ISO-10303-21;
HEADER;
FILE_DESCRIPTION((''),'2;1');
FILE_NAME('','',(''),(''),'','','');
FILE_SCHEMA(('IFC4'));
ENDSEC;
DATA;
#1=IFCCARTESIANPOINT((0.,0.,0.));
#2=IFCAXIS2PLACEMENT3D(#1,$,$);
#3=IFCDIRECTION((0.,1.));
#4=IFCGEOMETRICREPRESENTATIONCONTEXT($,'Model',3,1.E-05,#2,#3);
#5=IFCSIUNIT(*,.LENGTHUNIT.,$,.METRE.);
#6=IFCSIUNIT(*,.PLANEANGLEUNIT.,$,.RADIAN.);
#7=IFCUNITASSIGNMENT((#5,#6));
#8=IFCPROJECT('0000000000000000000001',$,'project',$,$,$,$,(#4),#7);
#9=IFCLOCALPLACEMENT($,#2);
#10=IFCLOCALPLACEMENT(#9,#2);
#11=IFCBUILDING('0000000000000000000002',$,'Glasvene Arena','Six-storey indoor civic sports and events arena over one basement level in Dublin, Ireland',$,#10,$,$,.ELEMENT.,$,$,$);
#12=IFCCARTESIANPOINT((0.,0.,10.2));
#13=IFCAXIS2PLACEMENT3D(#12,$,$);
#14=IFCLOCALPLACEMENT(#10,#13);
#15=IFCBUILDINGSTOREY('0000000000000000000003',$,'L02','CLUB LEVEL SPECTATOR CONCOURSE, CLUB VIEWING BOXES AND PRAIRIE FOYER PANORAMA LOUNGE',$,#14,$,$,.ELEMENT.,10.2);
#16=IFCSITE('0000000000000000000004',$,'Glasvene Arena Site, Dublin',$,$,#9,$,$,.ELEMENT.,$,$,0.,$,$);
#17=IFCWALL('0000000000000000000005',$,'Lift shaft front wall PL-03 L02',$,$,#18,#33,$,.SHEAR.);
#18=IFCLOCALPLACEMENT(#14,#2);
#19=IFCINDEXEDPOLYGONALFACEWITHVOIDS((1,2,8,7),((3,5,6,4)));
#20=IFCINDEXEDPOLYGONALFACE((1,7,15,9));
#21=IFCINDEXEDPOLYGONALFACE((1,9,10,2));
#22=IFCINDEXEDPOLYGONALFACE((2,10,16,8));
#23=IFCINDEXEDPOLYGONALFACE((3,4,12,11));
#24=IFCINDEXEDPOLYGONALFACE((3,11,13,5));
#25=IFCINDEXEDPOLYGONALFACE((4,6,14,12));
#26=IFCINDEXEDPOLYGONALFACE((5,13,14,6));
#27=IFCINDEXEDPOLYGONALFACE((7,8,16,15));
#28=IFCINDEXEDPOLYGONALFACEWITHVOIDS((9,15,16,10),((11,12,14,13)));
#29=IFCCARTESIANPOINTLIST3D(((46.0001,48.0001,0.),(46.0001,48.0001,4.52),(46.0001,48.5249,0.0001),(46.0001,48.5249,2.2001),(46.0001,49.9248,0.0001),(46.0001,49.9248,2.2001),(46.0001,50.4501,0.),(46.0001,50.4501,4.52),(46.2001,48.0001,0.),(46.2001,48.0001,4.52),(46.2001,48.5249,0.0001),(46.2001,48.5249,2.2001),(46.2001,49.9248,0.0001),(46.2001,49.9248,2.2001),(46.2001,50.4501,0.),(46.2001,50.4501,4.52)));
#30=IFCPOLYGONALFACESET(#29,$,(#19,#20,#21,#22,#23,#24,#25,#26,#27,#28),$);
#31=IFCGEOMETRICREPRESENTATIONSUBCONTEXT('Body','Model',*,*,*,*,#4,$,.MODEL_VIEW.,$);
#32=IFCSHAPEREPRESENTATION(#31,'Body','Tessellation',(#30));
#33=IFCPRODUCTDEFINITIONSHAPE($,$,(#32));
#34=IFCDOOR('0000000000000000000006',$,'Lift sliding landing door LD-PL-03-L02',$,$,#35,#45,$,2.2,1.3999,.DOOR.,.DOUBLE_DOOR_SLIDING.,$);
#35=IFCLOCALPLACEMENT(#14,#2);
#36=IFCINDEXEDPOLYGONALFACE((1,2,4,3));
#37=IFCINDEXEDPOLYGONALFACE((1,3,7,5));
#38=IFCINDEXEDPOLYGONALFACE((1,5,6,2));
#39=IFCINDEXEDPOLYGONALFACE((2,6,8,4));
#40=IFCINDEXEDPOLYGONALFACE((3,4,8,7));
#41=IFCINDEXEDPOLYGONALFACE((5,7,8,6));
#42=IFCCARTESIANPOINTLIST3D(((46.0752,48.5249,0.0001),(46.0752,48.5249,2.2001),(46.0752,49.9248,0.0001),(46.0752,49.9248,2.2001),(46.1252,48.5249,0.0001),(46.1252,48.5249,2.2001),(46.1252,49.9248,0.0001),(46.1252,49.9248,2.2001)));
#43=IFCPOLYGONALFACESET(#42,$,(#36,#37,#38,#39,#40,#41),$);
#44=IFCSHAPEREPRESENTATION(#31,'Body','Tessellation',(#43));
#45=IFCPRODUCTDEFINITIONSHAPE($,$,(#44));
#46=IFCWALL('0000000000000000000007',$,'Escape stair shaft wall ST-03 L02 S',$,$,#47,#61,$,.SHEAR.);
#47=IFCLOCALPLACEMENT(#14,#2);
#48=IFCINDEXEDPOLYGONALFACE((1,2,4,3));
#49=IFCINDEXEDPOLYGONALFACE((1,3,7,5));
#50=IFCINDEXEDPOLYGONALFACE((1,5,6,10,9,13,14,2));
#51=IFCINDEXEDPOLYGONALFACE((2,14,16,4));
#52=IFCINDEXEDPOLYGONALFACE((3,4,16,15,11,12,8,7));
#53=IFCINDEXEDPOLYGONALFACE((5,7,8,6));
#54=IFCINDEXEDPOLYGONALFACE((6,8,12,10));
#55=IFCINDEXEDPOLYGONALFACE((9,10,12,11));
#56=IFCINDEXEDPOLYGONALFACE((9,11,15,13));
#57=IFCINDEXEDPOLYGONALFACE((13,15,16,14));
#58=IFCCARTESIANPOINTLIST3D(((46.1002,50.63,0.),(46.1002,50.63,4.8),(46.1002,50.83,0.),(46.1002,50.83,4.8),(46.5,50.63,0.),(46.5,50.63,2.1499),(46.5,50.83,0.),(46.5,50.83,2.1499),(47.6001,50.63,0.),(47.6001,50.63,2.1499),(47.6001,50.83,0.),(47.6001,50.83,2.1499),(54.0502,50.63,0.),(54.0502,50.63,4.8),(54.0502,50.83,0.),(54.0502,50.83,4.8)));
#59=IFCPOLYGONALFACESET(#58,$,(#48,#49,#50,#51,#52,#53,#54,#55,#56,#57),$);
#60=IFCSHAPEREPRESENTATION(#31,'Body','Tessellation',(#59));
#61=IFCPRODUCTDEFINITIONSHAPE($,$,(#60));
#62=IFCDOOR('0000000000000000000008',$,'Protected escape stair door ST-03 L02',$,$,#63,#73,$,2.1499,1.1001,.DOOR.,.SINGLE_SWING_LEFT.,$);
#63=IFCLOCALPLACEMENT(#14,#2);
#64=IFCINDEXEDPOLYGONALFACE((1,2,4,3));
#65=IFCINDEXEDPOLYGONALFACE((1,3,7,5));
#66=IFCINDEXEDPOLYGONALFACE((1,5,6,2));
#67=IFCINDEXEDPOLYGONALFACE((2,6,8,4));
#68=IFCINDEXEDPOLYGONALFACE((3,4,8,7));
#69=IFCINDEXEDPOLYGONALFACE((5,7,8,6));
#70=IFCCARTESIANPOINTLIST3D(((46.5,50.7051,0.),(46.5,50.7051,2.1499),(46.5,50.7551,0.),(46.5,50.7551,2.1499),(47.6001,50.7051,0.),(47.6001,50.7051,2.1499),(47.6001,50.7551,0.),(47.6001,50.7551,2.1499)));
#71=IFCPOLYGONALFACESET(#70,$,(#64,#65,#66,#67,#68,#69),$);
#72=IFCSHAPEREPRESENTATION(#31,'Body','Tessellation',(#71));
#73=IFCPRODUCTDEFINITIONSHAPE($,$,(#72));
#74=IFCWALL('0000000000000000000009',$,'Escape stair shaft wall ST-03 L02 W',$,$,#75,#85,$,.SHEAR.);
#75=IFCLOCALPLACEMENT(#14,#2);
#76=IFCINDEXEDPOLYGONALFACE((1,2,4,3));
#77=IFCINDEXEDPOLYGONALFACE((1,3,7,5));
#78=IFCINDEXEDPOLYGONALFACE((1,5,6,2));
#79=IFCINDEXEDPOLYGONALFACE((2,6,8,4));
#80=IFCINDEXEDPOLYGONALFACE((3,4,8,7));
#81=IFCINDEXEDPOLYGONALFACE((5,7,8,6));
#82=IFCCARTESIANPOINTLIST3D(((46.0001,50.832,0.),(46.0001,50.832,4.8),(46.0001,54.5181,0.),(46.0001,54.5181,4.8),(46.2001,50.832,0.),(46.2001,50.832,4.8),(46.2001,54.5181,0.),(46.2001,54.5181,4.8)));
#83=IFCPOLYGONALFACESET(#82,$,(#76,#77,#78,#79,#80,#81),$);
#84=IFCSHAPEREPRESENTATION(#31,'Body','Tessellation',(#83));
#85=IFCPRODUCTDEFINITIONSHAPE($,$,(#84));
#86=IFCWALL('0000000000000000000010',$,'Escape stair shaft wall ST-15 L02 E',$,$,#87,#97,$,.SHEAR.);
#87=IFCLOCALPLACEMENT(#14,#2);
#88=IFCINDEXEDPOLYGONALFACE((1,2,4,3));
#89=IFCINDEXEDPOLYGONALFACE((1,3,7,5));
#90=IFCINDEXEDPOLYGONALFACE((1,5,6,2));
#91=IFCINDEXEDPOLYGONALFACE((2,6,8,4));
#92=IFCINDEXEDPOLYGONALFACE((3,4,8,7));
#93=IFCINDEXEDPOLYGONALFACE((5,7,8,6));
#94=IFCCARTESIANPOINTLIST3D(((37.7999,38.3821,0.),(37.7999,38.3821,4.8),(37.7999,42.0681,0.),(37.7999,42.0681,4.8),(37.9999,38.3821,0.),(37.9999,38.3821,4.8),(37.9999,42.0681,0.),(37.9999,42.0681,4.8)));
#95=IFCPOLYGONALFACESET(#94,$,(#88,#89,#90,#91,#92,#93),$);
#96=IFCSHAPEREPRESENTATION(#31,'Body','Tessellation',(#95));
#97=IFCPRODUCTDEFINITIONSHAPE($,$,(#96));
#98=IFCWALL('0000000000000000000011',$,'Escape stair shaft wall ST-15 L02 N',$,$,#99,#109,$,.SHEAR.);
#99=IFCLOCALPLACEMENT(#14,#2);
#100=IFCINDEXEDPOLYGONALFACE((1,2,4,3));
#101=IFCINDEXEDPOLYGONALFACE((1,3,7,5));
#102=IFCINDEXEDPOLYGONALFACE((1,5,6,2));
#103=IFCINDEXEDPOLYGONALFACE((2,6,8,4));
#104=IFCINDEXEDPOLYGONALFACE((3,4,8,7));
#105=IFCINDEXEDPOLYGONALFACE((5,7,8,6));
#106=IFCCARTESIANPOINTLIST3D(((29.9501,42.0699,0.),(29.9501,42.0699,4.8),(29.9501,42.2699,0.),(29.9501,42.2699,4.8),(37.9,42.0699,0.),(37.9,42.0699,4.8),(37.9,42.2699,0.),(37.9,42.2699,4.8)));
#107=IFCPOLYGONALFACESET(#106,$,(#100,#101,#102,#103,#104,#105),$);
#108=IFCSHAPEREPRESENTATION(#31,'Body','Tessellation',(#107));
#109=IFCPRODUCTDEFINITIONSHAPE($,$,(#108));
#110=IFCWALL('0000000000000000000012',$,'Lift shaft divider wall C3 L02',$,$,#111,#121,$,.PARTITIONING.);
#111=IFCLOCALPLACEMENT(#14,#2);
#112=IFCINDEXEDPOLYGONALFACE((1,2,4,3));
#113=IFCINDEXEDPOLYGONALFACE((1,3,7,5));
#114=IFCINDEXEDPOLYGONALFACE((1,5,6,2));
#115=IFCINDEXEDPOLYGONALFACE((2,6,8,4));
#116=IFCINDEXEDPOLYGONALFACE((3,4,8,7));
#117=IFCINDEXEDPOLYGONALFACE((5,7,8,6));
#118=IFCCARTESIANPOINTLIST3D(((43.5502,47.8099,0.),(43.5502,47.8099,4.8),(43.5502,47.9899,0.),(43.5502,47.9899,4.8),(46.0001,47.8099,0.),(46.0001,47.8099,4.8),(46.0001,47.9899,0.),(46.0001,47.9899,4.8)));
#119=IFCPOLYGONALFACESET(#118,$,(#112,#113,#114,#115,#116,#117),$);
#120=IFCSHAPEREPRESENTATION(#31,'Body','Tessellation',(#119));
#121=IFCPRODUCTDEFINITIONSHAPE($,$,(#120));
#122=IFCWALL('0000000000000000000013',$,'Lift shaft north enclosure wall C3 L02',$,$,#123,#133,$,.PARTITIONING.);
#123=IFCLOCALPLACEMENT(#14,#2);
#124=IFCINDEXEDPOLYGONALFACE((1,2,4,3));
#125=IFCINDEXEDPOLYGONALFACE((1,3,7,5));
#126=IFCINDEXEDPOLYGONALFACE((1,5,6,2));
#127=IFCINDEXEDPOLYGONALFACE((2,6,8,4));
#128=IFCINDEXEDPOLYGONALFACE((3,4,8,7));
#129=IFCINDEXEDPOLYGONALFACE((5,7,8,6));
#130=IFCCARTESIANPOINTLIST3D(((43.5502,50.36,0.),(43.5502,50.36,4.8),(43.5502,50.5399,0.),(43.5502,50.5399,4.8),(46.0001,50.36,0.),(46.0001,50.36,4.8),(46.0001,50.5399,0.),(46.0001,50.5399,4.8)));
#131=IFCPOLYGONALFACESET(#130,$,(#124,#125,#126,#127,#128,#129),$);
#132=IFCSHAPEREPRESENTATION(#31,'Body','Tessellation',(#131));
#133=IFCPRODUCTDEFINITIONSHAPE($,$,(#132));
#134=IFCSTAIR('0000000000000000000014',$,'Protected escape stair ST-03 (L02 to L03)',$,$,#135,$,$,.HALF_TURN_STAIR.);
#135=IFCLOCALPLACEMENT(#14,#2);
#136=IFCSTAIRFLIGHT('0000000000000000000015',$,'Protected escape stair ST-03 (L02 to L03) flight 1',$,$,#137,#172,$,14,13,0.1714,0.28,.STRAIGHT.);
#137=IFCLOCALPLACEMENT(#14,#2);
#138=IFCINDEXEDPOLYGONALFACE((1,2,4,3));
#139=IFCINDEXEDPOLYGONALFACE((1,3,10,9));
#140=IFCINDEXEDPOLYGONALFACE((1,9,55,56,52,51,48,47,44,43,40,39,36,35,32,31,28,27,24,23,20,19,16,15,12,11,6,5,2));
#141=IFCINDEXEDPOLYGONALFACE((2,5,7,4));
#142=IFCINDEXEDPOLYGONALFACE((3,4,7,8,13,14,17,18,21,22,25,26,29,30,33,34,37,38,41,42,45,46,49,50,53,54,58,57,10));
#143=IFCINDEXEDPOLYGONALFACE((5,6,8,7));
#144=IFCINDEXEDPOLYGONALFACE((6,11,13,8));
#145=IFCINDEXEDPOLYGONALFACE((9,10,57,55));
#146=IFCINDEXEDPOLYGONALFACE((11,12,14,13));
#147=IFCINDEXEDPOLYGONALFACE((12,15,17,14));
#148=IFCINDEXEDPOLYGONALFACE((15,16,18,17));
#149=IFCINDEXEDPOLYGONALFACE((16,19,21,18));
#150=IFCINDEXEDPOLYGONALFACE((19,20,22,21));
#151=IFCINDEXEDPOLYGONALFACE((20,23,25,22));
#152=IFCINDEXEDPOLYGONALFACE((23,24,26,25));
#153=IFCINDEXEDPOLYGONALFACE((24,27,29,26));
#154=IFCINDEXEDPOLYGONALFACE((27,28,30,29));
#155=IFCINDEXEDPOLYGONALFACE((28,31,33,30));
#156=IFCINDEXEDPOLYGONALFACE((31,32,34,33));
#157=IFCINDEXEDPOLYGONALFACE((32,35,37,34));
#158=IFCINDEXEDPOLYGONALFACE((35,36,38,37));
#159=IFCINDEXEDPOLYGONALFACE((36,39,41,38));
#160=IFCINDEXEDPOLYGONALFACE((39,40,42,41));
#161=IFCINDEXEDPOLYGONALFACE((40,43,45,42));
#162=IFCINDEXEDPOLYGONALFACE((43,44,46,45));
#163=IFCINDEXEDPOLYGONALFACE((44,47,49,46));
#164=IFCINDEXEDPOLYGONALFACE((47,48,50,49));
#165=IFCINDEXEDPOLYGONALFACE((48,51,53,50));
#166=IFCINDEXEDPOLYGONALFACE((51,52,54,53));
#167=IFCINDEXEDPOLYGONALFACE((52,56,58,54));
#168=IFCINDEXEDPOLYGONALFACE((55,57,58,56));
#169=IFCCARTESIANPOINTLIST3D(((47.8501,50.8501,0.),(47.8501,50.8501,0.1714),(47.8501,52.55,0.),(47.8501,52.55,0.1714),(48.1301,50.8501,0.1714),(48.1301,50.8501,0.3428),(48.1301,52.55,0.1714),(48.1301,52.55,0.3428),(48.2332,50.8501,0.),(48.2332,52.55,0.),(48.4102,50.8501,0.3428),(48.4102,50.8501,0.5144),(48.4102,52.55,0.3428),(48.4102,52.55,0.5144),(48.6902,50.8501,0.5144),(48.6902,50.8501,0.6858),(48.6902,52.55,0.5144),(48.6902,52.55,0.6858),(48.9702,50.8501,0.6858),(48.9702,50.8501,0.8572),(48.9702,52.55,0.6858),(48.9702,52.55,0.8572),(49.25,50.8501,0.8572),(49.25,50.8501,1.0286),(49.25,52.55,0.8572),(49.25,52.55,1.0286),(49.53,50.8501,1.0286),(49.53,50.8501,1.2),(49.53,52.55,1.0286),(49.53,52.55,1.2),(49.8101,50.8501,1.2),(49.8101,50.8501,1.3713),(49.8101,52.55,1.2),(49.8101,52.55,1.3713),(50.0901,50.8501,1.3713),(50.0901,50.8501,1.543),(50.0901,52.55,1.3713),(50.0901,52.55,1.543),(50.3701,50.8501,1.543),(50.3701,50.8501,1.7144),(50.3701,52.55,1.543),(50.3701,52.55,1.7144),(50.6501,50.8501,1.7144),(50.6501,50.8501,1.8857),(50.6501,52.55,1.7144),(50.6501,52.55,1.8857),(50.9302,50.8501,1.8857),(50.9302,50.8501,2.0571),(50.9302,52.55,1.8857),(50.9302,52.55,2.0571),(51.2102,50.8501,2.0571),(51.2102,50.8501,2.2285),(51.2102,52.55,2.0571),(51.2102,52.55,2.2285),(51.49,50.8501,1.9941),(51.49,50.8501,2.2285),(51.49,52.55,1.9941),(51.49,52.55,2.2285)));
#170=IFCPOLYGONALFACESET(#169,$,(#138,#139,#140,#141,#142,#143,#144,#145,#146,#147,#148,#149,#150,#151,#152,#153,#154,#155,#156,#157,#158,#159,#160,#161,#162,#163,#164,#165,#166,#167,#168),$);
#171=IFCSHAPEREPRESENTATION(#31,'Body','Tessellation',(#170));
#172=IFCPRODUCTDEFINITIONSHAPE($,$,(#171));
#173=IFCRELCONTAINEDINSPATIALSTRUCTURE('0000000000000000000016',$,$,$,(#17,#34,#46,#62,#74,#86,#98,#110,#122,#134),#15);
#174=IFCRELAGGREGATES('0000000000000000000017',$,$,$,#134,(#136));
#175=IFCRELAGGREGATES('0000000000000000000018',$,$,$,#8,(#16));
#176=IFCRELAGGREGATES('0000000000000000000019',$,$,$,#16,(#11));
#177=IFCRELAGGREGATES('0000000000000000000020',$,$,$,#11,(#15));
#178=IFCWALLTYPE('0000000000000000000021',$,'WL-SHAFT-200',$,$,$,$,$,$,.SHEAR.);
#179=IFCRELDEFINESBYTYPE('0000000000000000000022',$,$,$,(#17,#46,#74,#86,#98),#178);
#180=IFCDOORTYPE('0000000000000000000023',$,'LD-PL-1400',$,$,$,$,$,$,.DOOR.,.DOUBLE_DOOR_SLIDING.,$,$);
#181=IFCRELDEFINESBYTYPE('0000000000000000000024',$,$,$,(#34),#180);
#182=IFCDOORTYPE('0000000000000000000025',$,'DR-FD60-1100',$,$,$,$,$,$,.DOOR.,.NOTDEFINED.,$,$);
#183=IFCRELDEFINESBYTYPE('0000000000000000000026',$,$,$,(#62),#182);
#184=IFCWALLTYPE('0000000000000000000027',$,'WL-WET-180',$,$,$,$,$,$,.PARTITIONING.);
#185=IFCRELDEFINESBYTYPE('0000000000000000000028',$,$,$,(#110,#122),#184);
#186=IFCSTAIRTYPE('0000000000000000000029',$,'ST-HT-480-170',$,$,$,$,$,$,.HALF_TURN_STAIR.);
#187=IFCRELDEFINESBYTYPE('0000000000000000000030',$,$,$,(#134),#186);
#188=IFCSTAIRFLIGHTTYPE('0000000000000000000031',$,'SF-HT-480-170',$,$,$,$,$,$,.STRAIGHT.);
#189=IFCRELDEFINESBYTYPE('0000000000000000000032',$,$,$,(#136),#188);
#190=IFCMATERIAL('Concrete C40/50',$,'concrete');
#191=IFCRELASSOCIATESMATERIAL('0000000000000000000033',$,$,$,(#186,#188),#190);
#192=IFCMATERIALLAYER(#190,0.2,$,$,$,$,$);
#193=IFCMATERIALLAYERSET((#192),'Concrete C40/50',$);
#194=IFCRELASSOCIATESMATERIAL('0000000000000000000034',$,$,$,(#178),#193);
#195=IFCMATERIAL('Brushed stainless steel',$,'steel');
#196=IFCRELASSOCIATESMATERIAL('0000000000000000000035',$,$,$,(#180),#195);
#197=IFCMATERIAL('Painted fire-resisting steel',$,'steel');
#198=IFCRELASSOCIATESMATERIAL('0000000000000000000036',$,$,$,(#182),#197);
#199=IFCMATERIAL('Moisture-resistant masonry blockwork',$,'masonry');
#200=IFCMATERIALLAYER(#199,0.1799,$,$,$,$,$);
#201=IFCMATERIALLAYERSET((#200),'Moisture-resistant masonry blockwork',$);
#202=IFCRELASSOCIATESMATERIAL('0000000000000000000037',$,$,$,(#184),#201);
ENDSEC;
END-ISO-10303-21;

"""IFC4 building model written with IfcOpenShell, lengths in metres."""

from ifc_helpers import new_model, si_unit, direction, frame, frame_2d, origin, place, context, subcontext, project, spatial, polyline, rectangle, outline, extrude, material, layer, layer_set, type_object, element, fill, aggregate, save


model = new_model("IFC4")

# Units and contexts
model_context = context("Model", 3, precision=1e-05, world=origin(), true_north=direction((0.0, 1.0)))
body_context = subcontext(model_context, "Body", "Model", "MODEL_VIEW")
ifc_project = project(units=[si_unit("LENGTHUNIT", "METRE"), si_unit("PLANEANGLEUNIT", "RADIAN")], contexts=[model_context])

# Site, building, storey
site_placement = place(None, origin())
site = spatial("IfcSite", under=ifc_project, at=site_placement, Name="Glasvene Arena Site, Dublin", CompositionType="ELEMENT", RefElevation=0.0)
building_placement = place(site_placement, origin())
building = spatial("IfcBuilding", under=site, at=building_placement, Name="Glasvene Arena", Description="Six-storey indoor civic sports and events arena over one basement level in Dublin, Ireland", CompositionType="ELEMENT")
storey_placement = place(building_placement, frame((0.0, 0.0, 10.2)))
storey = spatial("IfcBuildingStorey", under=building, at=storey_placement, Name="L02", Description="CLUB LEVEL SPECTATOR CONCOURSE, CLUB VIEWING BOXES AND PRAIRIE FOYER PANORAMA LOUNGE", CompositionType="ELEMENT", Elevation=10.2)

# Shared definitions
ifc_material_1 = material(Name="Concrete C40/50", Category="concrete")

# Shared definitions
stair_type_1 = type_object("IfcStairType", Name="ST-HT-480-170", PredefinedType="HALF_TURN_STAIR", material=ifc_material_1)

# Walls, openings, doors
ifc_layer_1 = layer(ifc_material_1, 0.2)
ifc_layer_set_1 = layer_set([ifc_layer_1], Name="Concrete C40/50")
wall_type_1 = type_object("IfcWallType", Name="WL-SHAFT-200", PredefinedType="SHEAR", material=ifc_layer_set_1)
ifc_material_2 = material(Name="Brushed stainless steel", Category="steel")
wall_1_placement = place(storey_placement, frame((46.1001, 48.0, 0.0), z_axis=(0.0, 0.0, 1.0), x_axis=(0.0, 1.0, 0.0)))
wall_1 = element("IfcWall", 1, at=wall_1_placement, inside=storey, type_object=wall_type_1, Name="Lift shaft front wall PL-03 L02", PredefinedType="SHEAR", context=body_context, shape_type="SweptSolid", body=[
    extrude(rectangle(XDim=2.45, YDim=0.2, at=frame_2d((1.2251, 0.0))), origin(), (0.0, 0.0, 1.0), 4.52),
])
opening_1_placement = place(wall_1_placement, frame((0.5249, 0.0, 0.0)))
opening_1 = element("IfcOpeningElement", 2, at=opening_1_placement, cuts=wall_1, PredefinedType="OPENING", context=body_context, shape_type="SweptSolid", body=[
    extrude(rectangle(XDim=1.3999, YDim=2.2, at=frame_2d((0.7, 1.1001))), frame((0.0, 0.1099, 0.0), z_axis=(0.0, -1.0, 0.0), x_axis=(1.0, 0.0, 0.0)), (0.0, 0.0, 1.0), 0.22),
])
door_type_1 = type_object("IfcDoorType", Name="LD-PL-1400", OperationType="DOUBLE_DOOR_SLIDING", PredefinedType="DOOR", material=ifc_material_2)
door_1_placement = place(opening_1_placement, origin())
door_1 = element("IfcDoor", 3, at=door_1_placement, inside=storey, type_object=door_type_1, Name="Lift sliding landing door LD-PL-03-L02", OperationType="DOUBLE_DOOR_SLIDING", OverallHeight=2.2, OverallWidth=1.3999, PredefinedType="DOOR", context=body_context, shape_type="SweptSolid", body=[
    extrude(rectangle(XDim=1.3999, YDim=2.2, at=frame_2d((0.7, 1.1001))), frame((0.0, 0.0249, 0.0), z_axis=(0.0, -1.0, 0.0), x_axis=(1.0, 0.0, 0.0)), (0.0, 0.0, 1.0), 0.05),
])
fill(opening_1, door_1)
wall_2_placement = place(storey_placement, frame((46.1001, 50.73, 0.0), z_axis=(0.0, 0.0, 1.0), x_axis=(1.0, 0.0, 0.0)))
wall_2 = element("IfcWall", 4, at=wall_2_placement, inside=storey, type_object=wall_type_1, Name="Escape stair shaft wall ST-03 L02 S", PredefinedType="SHEAR", context=body_context, shape_type="SweptSolid", body=[
    extrude(rectangle(XDim=7.95, YDim=0.2, at=frame_2d((3.9751, 0.0))), origin(), (0.0, 0.0, 1.0), 4.8),
])
opening_2_placement = place(wall_2_placement, frame((0.3999, 0.0, 0.0)))
opening_2 = element("IfcOpeningElement", 5, at=opening_2_placement, cuts=wall_2, PredefinedType="OPENING", context=body_context, shape_type="SweptSolid", body=[
    extrude(rectangle(XDim=1.1001, YDim=2.1499, at=frame_2d((0.55, 1.075))), frame((0.0, 0.1099, 0.0), z_axis=(0.0, -1.0, 0.0), x_axis=(1.0, 0.0, 0.0)), (0.0, 0.0, 1.0), 0.22),
])
ifc_material_3 = material(Name="Painted fire-resisting steel", Category="steel")
door_type_2 = type_object("IfcDoorType", Name="DR-FD60-1100", OperationType="NOTDEFINED", PredefinedType="DOOR", material=ifc_material_3)
door_2_placement = place(opening_2_placement, frame((1.1001, 0.0, 0.0), z_axis=(0.0, 0.0, 1.0), x_axis=(-1.0, 0.0, 0.0)))
door_2 = element("IfcDoor", 6, at=door_2_placement, inside=storey, type_object=door_type_2, Name="Protected escape stair door ST-03 L02", OperationType="SINGLE_SWING_LEFT", OverallHeight=2.1499, OverallWidth=1.1001, PredefinedType="DOOR", context=body_context, shape_type="SweptSolid", body=[
    extrude(rectangle(XDim=1.1001, YDim=2.1499, at=frame_2d((0.55, 1.075))), frame((0.0, 0.0249, 0.0), z_axis=(0.0, -1.0, 0.0), x_axis=(1.0, 0.0, 0.0)), (0.0, 0.0, 1.0), 0.05),
])
fill(opening_2, door_2)

# Walls
for number, where, z_axis, x_axis, name in (
    (7, (46.1001, 50.832, 0.0), (0.0, 0.0, 1.0), (0.0, 1.0, 0.0), "Escape stair shaft wall ST-03 L02 W"),
    (8, (37.8999, 38.3821, 0.0), (0.0, 0.0, 1.0), (0.0, 1.0, 0.0), "Escape stair shaft wall ST-15 L02 E"),
):
    element("IfcWall", number, at=place(storey_placement, frame(where, z_axis=z_axis, x_axis=x_axis)), inside=storey, type_object=wall_type_1, Name=name, PredefinedType="SHEAR", context=body_context, shape_type="SweptSolid", body=[
        extrude(rectangle(XDim=3.686, YDim=0.2, at=frame_2d((1.843, 0.0))), origin(), (0.0, 0.0, 1.0), 4.8),
    ])
wall_3_placement = place(storey_placement, frame((29.95, 42.1699, 0.0), z_axis=(0.0, 0.0, 1.0), x_axis=(1.0, 0.0, 0.0)))
element("IfcWall", 9, at=wall_3_placement, inside=storey, type_object=wall_type_1, Name="Escape stair shaft wall ST-15 L02 N", PredefinedType="SHEAR", context=body_context, shape_type="SweptSolid", body=[
    extrude(rectangle(XDim=7.95, YDim=0.2, at=frame_2d((3.9751, 0.0))), origin(), (0.0, 0.0, 1.0), 4.8),
])
ifc_material_4 = material(Name="Moisture-resistant masonry blockwork", Category="masonry")
ifc_layer_2 = layer(ifc_material_4, 0.1799)
ifc_layer_set_2 = layer_set([ifc_layer_2], Name="Moisture-resistant masonry blockwork")
wall_type_2 = type_object("IfcWallType", Name="WL-WET-180", PredefinedType="PARTITIONING", material=ifc_layer_set_2)
for number, where, z_axis, x_axis, name in (
    (10, (43.55, 47.8999, 0.0), (0.0, 0.0, 1.0), (1.0, 0.0, 0.0), "Lift shaft divider wall C3 L02"),
    (11, (43.55, 50.45, 0.0), (0.0, 0.0, 1.0), (1.0, 0.0, 0.0), "Lift shaft north enclosure wall C3 L02"),
):
    element("IfcWall", number, at=place(storey_placement, frame(where, z_axis=z_axis, x_axis=x_axis)), inside=storey, type_object=wall_type_2, Name=name, PredefinedType="PARTITIONING", context=body_context, shape_type="SweptSolid", body=[
        extrude(rectangle(XDim=2.45, YDim=0.1799, at=frame_2d((1.2251, 0.0))), origin(), (0.0, 0.0, 1.0), 4.8),
    ])

# Stair, stair flight
stair_1_placement = place(storey_placement, origin())
stair_1 = element("IfcStair", 12, at=stair_1_placement, inside=storey, type_object=stair_type_1, Name="Protected escape stair ST-03 (L02 to L03)", PredefinedType="HALF_TURN_STAIR")
stair_flight_type = type_object("IfcStairFlightType", Name="SF-HT-480-170", PredefinedType="STRAIGHT", material=ifc_material_1)
stair_flight_1_placement = place(storey_placement, frame((47.8501, 51.7, 0.0), z_axis=(0.0, 0.0, 1.0), x_axis=(1.0, 0.0, 0.0)))
stair_flight_1 = element("IfcStairFlight", 13, at=stair_flight_1_placement, type_object=stair_flight_type, Name="Protected escape stair ST-03 (L02 to L03) flight 1", NumberOfRisers=14, NumberOfTreads=13, PredefinedType="STRAIGHT", RiserHeight=0.1714, TreadLength=0.28, context=body_context, shape_type="SweptSolid", body=[
    extrude(outline(polyline([(0.0, 0.0), (0.0, 0.1714), (0.28, 0.1714), (0.28, 0.3428), (0.5601, 0.3428), (0.5601, 0.5144), (0.8401, 0.5144), (0.8401, 0.6858), (1.1201, 0.6858), (1.1201, 0.8572), (1.3999, 0.8572), (1.3999, 1.0286), (1.6799, 1.0286), (1.6799, 1.2), (1.96, 1.2), (1.96, 1.3713), (2.24, 1.3713), (2.24, 1.543), (2.52, 1.543), (2.52, 1.7144), (2.8, 1.7144), (2.8, 1.8857), (3.0801, 1.8857), (3.0801, 2.0571), (3.3601, 2.0571), (3.3601, 2.2285), (3.6399, 2.2285), (3.6399, 2.3999), (3.6399, 1.9941), (0.3831, 0.0), (0.0, 0.0)])), frame((0.0, 0.8501, 0.0), z_axis=(0.0, -1.0, 0.0), x_axis=(1.0, 0.0, 0.0)), (0.0, 0.0, 1.0), 1.7),
])
aggregate(stair_1, [stair_flight_1])

save(model, "model.ifc")
